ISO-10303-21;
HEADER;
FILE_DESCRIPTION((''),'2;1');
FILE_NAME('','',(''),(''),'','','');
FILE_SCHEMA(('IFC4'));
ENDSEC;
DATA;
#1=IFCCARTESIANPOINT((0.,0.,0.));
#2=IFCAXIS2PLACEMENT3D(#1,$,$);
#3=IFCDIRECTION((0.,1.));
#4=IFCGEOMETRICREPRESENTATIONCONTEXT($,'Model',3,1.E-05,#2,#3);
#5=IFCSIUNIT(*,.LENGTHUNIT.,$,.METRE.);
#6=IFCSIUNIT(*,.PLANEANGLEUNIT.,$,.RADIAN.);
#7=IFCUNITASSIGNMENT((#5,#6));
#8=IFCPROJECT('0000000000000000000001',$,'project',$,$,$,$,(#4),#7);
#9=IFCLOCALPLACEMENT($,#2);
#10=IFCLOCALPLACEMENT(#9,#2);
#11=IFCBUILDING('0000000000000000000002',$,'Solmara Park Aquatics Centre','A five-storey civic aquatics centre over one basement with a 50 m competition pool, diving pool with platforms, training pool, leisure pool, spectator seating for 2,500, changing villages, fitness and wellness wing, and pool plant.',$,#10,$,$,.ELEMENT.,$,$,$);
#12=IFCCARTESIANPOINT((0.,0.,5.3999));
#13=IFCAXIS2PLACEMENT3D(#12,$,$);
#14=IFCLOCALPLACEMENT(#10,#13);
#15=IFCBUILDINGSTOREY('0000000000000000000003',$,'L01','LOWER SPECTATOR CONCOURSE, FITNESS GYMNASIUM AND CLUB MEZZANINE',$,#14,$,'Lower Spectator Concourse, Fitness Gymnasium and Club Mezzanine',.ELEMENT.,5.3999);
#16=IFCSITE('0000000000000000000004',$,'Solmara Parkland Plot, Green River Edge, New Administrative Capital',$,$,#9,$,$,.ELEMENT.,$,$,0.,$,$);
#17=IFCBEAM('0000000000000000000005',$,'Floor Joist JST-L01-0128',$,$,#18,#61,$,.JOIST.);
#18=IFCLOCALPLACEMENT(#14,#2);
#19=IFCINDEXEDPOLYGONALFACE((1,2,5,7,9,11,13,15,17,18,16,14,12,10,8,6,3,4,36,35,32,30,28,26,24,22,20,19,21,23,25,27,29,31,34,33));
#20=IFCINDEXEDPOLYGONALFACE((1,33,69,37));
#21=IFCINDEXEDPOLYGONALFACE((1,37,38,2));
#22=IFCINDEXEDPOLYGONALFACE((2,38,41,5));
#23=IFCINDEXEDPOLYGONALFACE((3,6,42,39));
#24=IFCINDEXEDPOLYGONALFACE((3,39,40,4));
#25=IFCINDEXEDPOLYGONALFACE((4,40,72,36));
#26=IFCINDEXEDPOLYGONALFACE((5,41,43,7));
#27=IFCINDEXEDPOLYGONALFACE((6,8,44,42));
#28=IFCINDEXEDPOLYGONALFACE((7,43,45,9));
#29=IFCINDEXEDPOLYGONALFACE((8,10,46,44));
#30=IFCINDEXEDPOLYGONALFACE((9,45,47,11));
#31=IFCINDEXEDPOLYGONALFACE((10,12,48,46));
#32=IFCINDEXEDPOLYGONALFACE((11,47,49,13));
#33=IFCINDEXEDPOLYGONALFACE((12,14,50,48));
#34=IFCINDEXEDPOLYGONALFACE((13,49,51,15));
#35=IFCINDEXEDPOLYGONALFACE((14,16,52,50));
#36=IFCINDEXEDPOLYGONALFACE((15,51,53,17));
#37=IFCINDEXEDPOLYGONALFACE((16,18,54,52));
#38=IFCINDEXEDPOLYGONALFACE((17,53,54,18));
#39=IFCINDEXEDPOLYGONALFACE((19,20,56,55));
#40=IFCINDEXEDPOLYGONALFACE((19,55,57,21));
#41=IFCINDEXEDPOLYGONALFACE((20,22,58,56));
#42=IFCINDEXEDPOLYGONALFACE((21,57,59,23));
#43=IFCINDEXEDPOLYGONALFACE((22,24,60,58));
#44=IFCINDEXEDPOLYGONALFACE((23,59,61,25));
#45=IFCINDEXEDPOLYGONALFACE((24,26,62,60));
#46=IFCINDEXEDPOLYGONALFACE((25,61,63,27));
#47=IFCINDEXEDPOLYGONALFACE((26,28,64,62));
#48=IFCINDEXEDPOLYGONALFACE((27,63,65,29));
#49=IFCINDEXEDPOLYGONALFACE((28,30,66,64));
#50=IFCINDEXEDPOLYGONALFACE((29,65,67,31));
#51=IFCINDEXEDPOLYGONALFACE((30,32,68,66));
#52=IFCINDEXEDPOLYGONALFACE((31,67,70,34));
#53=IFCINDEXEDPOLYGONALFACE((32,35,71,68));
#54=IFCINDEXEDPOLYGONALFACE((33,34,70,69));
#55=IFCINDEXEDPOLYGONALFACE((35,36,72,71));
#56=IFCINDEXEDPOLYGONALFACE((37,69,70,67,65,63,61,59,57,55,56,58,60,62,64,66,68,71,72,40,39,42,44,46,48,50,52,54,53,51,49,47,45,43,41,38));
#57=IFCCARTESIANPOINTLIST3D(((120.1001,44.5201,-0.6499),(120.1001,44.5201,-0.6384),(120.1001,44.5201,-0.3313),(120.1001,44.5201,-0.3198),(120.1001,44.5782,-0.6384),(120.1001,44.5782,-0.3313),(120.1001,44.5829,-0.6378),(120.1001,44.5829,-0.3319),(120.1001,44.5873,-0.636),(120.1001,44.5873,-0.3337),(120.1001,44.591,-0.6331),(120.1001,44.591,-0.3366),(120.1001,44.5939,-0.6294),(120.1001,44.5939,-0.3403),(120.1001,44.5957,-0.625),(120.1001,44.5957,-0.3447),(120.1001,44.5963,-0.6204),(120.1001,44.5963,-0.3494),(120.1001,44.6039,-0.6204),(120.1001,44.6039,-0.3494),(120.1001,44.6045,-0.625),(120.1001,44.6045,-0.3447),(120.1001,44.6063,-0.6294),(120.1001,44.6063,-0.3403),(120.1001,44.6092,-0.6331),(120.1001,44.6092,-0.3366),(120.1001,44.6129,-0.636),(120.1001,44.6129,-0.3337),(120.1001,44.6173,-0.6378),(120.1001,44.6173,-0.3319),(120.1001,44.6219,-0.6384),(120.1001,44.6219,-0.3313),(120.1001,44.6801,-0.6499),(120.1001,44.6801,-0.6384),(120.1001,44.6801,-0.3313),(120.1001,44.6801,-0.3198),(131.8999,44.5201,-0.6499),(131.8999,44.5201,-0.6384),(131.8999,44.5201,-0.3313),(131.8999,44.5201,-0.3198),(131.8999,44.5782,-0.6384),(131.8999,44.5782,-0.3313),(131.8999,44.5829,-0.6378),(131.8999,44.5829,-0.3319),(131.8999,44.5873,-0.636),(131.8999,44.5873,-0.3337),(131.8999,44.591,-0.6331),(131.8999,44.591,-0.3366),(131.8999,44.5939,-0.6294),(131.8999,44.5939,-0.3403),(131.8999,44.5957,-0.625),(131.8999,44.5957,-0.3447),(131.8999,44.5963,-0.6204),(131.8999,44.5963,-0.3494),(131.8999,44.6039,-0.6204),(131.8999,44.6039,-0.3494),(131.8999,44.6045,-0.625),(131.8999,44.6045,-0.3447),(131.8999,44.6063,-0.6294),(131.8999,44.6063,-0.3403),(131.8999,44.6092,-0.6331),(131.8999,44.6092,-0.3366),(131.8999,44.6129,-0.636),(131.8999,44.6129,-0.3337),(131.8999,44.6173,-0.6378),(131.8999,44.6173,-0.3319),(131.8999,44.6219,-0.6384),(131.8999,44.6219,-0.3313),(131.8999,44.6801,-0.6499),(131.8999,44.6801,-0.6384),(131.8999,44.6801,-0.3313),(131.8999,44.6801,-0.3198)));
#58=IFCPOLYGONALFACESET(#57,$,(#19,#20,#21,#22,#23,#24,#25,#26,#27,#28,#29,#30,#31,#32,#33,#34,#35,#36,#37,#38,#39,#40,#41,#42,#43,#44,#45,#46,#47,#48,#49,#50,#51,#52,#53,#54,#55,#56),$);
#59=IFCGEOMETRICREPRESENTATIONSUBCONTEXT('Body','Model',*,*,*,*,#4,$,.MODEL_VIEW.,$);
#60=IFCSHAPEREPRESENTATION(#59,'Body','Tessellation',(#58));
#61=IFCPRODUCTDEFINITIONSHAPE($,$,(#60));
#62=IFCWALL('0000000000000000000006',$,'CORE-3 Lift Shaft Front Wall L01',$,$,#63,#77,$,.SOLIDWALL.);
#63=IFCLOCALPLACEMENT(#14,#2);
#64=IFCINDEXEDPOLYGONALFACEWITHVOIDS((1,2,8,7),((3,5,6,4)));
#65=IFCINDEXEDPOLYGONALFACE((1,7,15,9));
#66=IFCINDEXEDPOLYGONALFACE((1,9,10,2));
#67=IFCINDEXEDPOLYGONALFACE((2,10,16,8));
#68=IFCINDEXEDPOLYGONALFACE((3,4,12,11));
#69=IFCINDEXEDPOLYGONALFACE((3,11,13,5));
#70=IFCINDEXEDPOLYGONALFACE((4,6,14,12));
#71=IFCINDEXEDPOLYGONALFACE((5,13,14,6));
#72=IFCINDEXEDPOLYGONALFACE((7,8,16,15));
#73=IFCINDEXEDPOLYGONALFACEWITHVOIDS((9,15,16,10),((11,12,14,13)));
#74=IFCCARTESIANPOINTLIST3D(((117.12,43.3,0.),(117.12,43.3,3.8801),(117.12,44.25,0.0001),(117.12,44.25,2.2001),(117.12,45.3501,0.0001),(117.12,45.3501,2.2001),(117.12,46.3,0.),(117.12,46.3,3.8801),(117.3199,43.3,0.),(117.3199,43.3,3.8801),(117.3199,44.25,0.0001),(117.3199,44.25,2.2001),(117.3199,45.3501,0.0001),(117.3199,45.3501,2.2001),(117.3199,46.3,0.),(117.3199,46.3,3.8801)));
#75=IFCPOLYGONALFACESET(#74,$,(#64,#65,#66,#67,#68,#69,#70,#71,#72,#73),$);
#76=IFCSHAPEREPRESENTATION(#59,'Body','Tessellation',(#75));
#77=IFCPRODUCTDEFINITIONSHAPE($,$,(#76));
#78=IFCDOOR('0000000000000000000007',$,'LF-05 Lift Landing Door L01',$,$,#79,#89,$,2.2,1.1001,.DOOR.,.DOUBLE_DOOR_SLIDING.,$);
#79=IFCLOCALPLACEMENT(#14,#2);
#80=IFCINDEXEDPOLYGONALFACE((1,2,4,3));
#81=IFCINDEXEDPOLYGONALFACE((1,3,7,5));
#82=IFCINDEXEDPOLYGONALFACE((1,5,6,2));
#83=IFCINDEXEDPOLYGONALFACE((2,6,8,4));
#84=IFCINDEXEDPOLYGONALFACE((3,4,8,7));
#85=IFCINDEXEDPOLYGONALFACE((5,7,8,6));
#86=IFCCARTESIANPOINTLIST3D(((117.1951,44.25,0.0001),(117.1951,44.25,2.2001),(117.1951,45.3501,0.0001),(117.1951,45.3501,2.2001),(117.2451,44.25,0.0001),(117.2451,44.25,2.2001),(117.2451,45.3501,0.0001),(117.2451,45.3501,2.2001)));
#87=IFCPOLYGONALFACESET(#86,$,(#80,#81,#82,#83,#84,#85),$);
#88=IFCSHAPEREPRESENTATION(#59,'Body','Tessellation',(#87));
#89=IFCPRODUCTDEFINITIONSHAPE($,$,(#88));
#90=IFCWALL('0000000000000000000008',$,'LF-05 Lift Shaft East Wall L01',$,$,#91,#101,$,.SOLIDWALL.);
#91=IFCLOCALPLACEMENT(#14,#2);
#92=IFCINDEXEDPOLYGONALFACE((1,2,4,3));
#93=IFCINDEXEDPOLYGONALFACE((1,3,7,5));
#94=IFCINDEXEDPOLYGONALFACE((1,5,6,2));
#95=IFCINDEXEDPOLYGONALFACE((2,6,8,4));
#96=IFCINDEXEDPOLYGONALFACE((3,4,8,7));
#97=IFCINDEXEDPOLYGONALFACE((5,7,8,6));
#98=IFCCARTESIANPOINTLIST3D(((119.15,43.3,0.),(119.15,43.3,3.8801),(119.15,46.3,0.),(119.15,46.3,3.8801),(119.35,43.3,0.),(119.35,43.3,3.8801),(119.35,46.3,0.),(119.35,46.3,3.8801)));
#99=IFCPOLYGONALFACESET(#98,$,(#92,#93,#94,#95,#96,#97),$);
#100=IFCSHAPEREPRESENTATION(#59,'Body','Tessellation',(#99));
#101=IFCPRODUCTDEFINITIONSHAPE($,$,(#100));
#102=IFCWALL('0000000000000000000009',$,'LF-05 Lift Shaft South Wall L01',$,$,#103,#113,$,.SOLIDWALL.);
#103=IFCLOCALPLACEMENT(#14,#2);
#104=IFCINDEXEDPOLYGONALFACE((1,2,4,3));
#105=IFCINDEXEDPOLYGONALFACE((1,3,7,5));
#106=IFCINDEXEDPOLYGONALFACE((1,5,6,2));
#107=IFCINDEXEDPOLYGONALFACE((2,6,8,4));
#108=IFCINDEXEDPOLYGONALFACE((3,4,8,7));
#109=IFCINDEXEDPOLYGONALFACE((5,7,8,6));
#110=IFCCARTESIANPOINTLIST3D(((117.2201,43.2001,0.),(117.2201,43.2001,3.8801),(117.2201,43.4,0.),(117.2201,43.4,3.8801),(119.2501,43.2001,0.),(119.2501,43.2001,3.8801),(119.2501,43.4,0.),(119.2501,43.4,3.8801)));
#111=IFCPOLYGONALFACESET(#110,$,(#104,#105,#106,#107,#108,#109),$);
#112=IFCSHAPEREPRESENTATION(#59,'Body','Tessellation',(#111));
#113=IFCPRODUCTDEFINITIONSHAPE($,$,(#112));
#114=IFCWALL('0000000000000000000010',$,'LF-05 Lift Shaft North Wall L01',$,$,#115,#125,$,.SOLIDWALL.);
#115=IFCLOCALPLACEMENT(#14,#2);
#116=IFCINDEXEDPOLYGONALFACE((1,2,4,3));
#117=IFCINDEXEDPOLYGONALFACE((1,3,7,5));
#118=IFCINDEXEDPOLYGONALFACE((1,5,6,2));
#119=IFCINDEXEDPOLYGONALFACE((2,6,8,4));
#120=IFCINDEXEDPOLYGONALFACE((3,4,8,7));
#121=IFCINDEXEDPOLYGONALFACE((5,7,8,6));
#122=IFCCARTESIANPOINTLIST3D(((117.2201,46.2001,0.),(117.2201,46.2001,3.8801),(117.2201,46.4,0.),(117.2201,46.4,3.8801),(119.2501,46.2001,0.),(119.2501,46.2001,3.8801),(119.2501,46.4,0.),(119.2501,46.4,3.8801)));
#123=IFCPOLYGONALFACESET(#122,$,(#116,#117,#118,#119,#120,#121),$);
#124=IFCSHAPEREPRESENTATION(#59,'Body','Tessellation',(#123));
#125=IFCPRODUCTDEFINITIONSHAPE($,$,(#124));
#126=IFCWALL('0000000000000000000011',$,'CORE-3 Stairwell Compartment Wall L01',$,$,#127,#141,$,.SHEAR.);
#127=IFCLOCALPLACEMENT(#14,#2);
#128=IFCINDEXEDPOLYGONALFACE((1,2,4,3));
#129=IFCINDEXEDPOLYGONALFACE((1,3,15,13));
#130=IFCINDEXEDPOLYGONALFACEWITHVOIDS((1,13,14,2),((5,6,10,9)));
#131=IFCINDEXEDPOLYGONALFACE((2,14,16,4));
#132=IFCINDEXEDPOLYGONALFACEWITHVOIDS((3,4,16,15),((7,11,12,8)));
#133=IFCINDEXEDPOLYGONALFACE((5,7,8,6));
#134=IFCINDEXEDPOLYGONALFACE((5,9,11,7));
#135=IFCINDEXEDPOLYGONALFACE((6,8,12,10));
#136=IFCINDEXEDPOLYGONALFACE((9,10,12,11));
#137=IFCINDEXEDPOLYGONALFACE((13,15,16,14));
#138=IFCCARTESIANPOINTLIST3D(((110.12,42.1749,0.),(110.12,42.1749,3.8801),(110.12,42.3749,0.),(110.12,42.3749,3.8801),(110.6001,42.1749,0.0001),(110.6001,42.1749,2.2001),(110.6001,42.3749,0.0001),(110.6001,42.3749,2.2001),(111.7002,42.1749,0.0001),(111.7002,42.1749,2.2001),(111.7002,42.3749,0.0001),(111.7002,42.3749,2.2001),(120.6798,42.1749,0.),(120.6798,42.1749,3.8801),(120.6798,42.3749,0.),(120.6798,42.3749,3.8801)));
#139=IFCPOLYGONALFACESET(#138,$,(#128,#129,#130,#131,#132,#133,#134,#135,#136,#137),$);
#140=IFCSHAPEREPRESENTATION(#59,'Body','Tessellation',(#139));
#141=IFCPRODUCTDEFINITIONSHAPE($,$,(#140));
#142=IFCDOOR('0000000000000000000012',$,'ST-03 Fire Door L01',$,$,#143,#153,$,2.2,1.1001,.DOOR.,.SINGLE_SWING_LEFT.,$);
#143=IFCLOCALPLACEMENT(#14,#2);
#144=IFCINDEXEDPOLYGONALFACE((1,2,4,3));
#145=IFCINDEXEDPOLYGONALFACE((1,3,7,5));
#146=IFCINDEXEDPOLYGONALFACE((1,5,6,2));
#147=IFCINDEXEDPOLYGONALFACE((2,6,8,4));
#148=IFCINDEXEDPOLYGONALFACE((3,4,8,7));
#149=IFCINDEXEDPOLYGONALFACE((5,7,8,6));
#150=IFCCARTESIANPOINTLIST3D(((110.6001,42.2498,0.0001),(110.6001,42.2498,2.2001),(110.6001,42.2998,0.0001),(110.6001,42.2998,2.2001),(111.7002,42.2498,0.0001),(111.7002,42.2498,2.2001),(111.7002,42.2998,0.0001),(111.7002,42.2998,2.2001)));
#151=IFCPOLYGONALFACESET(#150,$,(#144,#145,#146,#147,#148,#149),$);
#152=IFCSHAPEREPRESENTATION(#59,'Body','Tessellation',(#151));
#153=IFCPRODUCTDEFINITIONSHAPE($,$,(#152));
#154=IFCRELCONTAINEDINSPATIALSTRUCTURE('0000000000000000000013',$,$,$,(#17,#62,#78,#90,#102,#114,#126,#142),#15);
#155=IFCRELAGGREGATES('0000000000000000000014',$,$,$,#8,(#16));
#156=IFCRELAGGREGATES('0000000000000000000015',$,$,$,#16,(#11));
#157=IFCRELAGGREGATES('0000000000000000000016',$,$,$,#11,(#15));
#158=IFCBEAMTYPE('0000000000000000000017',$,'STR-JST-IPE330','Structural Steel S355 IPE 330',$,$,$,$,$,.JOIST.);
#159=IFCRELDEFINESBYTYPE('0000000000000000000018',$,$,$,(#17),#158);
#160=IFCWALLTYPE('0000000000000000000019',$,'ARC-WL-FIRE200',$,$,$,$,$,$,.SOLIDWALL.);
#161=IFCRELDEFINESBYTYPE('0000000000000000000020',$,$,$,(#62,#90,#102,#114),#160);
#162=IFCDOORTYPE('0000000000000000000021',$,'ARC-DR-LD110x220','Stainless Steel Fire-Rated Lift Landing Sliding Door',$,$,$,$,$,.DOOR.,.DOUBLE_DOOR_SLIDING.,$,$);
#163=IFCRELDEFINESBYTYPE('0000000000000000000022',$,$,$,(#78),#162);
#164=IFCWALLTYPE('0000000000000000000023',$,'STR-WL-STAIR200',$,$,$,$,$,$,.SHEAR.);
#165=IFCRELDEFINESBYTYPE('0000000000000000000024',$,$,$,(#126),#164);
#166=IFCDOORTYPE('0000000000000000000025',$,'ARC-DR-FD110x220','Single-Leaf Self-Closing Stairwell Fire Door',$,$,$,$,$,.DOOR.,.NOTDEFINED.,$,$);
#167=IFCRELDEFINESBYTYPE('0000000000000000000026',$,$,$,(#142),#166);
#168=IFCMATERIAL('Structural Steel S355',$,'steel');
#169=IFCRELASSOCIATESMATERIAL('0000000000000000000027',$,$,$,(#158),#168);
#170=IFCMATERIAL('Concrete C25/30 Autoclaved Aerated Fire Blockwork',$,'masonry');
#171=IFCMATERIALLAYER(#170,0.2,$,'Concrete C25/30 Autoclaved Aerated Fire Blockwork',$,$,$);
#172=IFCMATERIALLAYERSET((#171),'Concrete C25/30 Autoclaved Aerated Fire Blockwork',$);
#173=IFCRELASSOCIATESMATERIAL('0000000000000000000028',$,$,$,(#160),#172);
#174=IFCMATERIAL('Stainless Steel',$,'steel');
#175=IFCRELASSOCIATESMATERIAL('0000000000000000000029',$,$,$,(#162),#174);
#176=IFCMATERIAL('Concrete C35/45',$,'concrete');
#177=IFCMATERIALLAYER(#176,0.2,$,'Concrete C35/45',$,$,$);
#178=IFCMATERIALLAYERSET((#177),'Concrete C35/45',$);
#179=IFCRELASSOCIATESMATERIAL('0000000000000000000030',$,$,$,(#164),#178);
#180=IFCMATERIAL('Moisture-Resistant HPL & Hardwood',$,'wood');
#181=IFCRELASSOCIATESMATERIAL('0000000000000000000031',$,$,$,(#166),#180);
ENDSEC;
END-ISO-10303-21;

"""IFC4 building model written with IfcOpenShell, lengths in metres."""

from ifc_helpers import new_model, si_unit, direction, frame, frame_2d, origin, origin_2d, place, context, subcontext, project, spatial, rectangle, i_section, extrude, material, layer, layer_set, material_profile, profile_set, type_object, element, fill, save


model = new_model("IFC4")

# Units and contexts
model_context = context("Model", 3, precision=1e-05, world=origin(), true_north=direction((0.0, 1.0)))
body_context = subcontext(model_context, "Body", "Model", "MODEL_VIEW")
ifc_project = project(units=[si_unit("LENGTHUNIT", "METRE"), si_unit("PLANEANGLEUNIT", "RADIAN")], contexts=[model_context])

# Site, building, storey
site_placement = place(None, origin())
site = spatial("IfcSite", under=ifc_project, at=site_placement, Name="Solmara Parkland Plot, Green River Edge, New Administrative Capital", CompositionType="ELEMENT", RefElevation=0.0)
building_placement = place(site_placement, origin())
building = spatial("IfcBuilding", under=site, at=building_placement, Name="Solmara Park Aquatics Centre", Description="A five-storey civic aquatics centre over one basement with a 50 m competition pool, diving pool with platforms, training pool, leisure pool, spectator seating for 2,500, changing villages, fitness and wellness wing, and pool plant.", CompositionType="ELEMENT")
storey_placement = place(building_placement, frame((0.0, 0.0, 5.3999)))
storey = spatial("IfcBuildingStorey", under=building, at=storey_placement, Name="L01", Description="LOWER SPECTATOR CONCOURSE, FITNESS GYMNASIUM AND CLUB MEZZANINE", LongName="Lower Spectator Concourse, Fitness Gymnasium and Club Mezzanine", CompositionType="ELEMENT", Elevation=5.3999)

# Beam
ifc_material_1 = material(Name="Structural Steel S355", Category="steel")
ifc_material_profile_1 = material_profile(ifc_material_1, i_section(OverallWidth=0.1599, OverallDepth=0.3301, WebThickness=0.0076, FlangeThickness=0.0115, FilletRadius=0.0181, at=origin_2d()), Name="IPE 330")
ifc_profile_set_1 = profile_set([ifc_material_profile_1], Name="Structural Steel S355")
beam_type_1 = type_object("IfcBeamType", Name="STR-JST-IPE330", Description="Structural Steel S355 IPE 330", PredefinedType="JOIST", material=ifc_profile_set_1)
for number, where, z_axis, x_axis, name in (
    (1, (120.1001, 44.6001, -0.4849), (1.0, 0.0, 0.0), (0.0, 1.0, 0.0), "Floor Joist JST-L01-0128"),
):
    element("IfcBeam", number, at=place(storey_placement, frame(where, z_axis=z_axis, x_axis=x_axis)), inside=storey, type_object=beam_type_1, Name=name, PredefinedType="JOIST", context=body_context, shape_type="SweptSolid", body=[
        extrude(i_section(OverallWidth=0.1599, OverallDepth=0.3301, WebThickness=0.0076, FlangeThickness=0.0115, FilletRadius=0.0181, at=origin_2d()), origin(), (0.0, 0.0, 1.0), 11.7998),
    ])

# Wall, opening, door
ifc_material_2 = material(Name="Concrete C25/30 Autoclaved Aerated Fire Blockwork", Category="masonry")
ifc_layer_1 = layer(ifc_material_2, 0.2, Name="Concrete C25/30 Autoclaved Aerated Fire Blockwork")
ifc_layer_set_1 = layer_set([ifc_layer_1], Name="Concrete C25/30 Autoclaved Aerated Fire Blockwork")
wall_type_1 = type_object("IfcWallType", Name="ARC-WL-FIRE200", PredefinedType="SOLIDWALL", material=ifc_layer_set_1)
wall_1_placement = place(storey_placement, frame((117.22, 43.3, 0.0), z_axis=(0.0, 0.0, 1.0), x_axis=(0.0, 1.0, 0.0)))
wall_1 = element("IfcWall", 2, at=wall_1_placement, inside=storey, type_object=wall_type_1, Name="CORE-3 Lift Shaft Front Wall L01", PredefinedType="SOLIDWALL", context=body_context, shape_type="SweptSolid", body=[
    extrude(rectangle(XDim=3.0, YDim=0.2, at=frame_2d((1.5, 0.0))), origin(), (0.0, 0.0, 1.0), 3.8801),
])
opening_1_placement = place(wall_1_placement, frame((0.95, 0.0, 0.0)))
opening_1 = element("IfcOpeningElement", 3, at=opening_1_placement, cuts=wall_1, PredefinedType="OPENING", context=body_context, shape_type="SweptSolid", body=[
    extrude(rectangle(XDim=1.1001, YDim=2.2, at=frame_2d((0.55, 1.1001))), frame((0.0, 0.1099, 0.0), z_axis=(0.0, -1.0, 0.0), x_axis=(1.0, 0.0, 0.0)), (0.0, 0.0, 1.0), 0.22),
])
ifc_material_3 = material(Name="Stainless Steel", Category="steel")
door_type_1 = type_object("IfcDoorType", Name="ARC-DR-LD110x220", Description="Stainless Steel Fire-Rated Lift Landing Sliding Door", OperationType="DOUBLE_DOOR_SLIDING", PredefinedType="DOOR", material=ifc_material_3)
door_1_placement = place(opening_1_placement, origin())
door_1 = element("IfcDoor", 4, at=door_1_placement, inside=storey, type_object=door_type_1, Name="LF-05 Lift Landing Door L01", OperationType="DOUBLE_DOOR_SLIDING", OverallHeight=2.2, OverallWidth=1.1001, PredefinedType="DOOR", context=body_context, shape_type="SweptSolid", body=[
    extrude(rectangle(XDim=1.1001, YDim=2.2, at=frame_2d((0.55, 1.1001))), frame((0.0, 0.0249, 0.0), z_axis=(0.0, -1.0, 0.0), x_axis=(1.0, 0.0, 0.0)), (0.0, 0.0, 1.0), 0.05),
])
fill(opening_1, door_1)

# Walls
wall_2_placement = place(storey_placement, frame((119.25, 43.3, 0.0), z_axis=(0.0, 0.0, 1.0), x_axis=(0.0, 1.0, 0.0)))
element("IfcWall", 5, at=wall_2_placement, inside=storey, type_object=wall_type_1, Name="LF-05 Lift Shaft East Wall L01", PredefinedType="SOLIDWALL", context=body_context, shape_type="SweptSolid", body=[
    extrude(rectangle(XDim=3.0, YDim=0.2, at=frame_2d((1.5, 0.0))), origin(), (0.0, 0.0, 1.0), 3.8801),
])
for number, where, z_axis, x_axis, name in (
    (6, (117.22, 43.3, 0.0), (0.0, 0.0, 1.0), (1.0, 0.0, 0.0), "LF-05 Lift Shaft South Wall L01"),
    (7, (117.22, 46.3, 0.0), (0.0, 0.0, 1.0), (1.0, 0.0, 0.0), "LF-05 Lift Shaft North Wall L01"),
):
    element("IfcWall", number, at=place(storey_placement, frame(where, z_axis=z_axis, x_axis=x_axis)), inside=storey, type_object=wall_type_1, Name=name, PredefinedType="SOLIDWALL", context=body_context, shape_type="SweptSolid", body=[
        extrude(rectangle(XDim=2.03, YDim=0.2, at=frame_2d((1.0151, 0.0))), origin(), (0.0, 0.0, 1.0), 3.8801),
    ])

# Wall, opening, door
ifc_material_4 = material(Name="Concrete C35/45", Category="concrete")
ifc_layer_2 = layer(ifc_material_4, 0.2, Name="Concrete C35/45")
ifc_layer_set_2 = layer_set([ifc_layer_2], Name="Concrete C35/45")
wall_type_2 = type_object("IfcWallType", Name="STR-WL-STAIR200", PredefinedType="SHEAR", material=ifc_layer_set_2)
wall_3_placement = place(storey_placement, frame((110.1201, 42.2749, 0.0), z_axis=(0.0, 0.0, 1.0), x_axis=(1.0, 0.0, 0.0)))
wall_3 = element("IfcWall", 8, at=wall_3_placement, inside=storey, type_object=wall_type_2, Name="CORE-3 Stairwell Compartment Wall L01", PredefinedType="SHEAR", context=body_context, shape_type="SweptSolid", body=[
    extrude(rectangle(XDim=10.5598, YDim=0.2, at=frame_2d((5.2798, 0.0))), origin(), (0.0, 0.0, 1.0), 3.8801),
])
opening_2_placement = place(wall_3_placement, frame((0.48, 0.0, 0.0)))
opening_2 = element("IfcOpeningElement", 9, at=opening_2_placement, cuts=wall_3, PredefinedType="OPENING", context=body_context, shape_type="SweptSolid", body=[
    extrude(rectangle(XDim=1.1001, YDim=2.2, at=frame_2d((0.55, 1.1001))), frame((0.0, 0.1099, 0.0), z_axis=(0.0, -1.0, 0.0), x_axis=(1.0, 0.0, 0.0)), (0.0, 0.0, 1.0), 0.22),
])
ifc_material_5 = material(Name="Moisture-Resistant HPL & Hardwood", Category="wood")
door_type_2 = type_object("IfcDoorType", Name="ARC-DR-FD110x220", Description="Single-Leaf Self-Closing Stairwell Fire Door", OperationType="NOTDEFINED", PredefinedType="DOOR", material=ifc_material_5)
door_2_placement = place(opening_2_placement, origin())
door_2 = element("IfcDoor", 10, at=door_2_placement, inside=storey, type_object=door_type_2, Name="ST-03 Fire Door L01", OperationType="SINGLE_SWING_LEFT", OverallHeight=2.2, OverallWidth=1.1001, PredefinedType="DOOR", context=body_context, shape_type="SweptSolid", body=[
    extrude(rectangle(XDim=1.1001, YDim=2.2, at=frame_2d((0.55, 1.1001))), frame((0.0, 0.0249, 0.0), z_axis=(0.0, -1.0, 0.0), x_axis=(1.0, 0.0, 0.0)), (0.0, 0.0, 1.0), 0.05),
])
fill(opening_2, door_2)

save(model, "model.ifc")
